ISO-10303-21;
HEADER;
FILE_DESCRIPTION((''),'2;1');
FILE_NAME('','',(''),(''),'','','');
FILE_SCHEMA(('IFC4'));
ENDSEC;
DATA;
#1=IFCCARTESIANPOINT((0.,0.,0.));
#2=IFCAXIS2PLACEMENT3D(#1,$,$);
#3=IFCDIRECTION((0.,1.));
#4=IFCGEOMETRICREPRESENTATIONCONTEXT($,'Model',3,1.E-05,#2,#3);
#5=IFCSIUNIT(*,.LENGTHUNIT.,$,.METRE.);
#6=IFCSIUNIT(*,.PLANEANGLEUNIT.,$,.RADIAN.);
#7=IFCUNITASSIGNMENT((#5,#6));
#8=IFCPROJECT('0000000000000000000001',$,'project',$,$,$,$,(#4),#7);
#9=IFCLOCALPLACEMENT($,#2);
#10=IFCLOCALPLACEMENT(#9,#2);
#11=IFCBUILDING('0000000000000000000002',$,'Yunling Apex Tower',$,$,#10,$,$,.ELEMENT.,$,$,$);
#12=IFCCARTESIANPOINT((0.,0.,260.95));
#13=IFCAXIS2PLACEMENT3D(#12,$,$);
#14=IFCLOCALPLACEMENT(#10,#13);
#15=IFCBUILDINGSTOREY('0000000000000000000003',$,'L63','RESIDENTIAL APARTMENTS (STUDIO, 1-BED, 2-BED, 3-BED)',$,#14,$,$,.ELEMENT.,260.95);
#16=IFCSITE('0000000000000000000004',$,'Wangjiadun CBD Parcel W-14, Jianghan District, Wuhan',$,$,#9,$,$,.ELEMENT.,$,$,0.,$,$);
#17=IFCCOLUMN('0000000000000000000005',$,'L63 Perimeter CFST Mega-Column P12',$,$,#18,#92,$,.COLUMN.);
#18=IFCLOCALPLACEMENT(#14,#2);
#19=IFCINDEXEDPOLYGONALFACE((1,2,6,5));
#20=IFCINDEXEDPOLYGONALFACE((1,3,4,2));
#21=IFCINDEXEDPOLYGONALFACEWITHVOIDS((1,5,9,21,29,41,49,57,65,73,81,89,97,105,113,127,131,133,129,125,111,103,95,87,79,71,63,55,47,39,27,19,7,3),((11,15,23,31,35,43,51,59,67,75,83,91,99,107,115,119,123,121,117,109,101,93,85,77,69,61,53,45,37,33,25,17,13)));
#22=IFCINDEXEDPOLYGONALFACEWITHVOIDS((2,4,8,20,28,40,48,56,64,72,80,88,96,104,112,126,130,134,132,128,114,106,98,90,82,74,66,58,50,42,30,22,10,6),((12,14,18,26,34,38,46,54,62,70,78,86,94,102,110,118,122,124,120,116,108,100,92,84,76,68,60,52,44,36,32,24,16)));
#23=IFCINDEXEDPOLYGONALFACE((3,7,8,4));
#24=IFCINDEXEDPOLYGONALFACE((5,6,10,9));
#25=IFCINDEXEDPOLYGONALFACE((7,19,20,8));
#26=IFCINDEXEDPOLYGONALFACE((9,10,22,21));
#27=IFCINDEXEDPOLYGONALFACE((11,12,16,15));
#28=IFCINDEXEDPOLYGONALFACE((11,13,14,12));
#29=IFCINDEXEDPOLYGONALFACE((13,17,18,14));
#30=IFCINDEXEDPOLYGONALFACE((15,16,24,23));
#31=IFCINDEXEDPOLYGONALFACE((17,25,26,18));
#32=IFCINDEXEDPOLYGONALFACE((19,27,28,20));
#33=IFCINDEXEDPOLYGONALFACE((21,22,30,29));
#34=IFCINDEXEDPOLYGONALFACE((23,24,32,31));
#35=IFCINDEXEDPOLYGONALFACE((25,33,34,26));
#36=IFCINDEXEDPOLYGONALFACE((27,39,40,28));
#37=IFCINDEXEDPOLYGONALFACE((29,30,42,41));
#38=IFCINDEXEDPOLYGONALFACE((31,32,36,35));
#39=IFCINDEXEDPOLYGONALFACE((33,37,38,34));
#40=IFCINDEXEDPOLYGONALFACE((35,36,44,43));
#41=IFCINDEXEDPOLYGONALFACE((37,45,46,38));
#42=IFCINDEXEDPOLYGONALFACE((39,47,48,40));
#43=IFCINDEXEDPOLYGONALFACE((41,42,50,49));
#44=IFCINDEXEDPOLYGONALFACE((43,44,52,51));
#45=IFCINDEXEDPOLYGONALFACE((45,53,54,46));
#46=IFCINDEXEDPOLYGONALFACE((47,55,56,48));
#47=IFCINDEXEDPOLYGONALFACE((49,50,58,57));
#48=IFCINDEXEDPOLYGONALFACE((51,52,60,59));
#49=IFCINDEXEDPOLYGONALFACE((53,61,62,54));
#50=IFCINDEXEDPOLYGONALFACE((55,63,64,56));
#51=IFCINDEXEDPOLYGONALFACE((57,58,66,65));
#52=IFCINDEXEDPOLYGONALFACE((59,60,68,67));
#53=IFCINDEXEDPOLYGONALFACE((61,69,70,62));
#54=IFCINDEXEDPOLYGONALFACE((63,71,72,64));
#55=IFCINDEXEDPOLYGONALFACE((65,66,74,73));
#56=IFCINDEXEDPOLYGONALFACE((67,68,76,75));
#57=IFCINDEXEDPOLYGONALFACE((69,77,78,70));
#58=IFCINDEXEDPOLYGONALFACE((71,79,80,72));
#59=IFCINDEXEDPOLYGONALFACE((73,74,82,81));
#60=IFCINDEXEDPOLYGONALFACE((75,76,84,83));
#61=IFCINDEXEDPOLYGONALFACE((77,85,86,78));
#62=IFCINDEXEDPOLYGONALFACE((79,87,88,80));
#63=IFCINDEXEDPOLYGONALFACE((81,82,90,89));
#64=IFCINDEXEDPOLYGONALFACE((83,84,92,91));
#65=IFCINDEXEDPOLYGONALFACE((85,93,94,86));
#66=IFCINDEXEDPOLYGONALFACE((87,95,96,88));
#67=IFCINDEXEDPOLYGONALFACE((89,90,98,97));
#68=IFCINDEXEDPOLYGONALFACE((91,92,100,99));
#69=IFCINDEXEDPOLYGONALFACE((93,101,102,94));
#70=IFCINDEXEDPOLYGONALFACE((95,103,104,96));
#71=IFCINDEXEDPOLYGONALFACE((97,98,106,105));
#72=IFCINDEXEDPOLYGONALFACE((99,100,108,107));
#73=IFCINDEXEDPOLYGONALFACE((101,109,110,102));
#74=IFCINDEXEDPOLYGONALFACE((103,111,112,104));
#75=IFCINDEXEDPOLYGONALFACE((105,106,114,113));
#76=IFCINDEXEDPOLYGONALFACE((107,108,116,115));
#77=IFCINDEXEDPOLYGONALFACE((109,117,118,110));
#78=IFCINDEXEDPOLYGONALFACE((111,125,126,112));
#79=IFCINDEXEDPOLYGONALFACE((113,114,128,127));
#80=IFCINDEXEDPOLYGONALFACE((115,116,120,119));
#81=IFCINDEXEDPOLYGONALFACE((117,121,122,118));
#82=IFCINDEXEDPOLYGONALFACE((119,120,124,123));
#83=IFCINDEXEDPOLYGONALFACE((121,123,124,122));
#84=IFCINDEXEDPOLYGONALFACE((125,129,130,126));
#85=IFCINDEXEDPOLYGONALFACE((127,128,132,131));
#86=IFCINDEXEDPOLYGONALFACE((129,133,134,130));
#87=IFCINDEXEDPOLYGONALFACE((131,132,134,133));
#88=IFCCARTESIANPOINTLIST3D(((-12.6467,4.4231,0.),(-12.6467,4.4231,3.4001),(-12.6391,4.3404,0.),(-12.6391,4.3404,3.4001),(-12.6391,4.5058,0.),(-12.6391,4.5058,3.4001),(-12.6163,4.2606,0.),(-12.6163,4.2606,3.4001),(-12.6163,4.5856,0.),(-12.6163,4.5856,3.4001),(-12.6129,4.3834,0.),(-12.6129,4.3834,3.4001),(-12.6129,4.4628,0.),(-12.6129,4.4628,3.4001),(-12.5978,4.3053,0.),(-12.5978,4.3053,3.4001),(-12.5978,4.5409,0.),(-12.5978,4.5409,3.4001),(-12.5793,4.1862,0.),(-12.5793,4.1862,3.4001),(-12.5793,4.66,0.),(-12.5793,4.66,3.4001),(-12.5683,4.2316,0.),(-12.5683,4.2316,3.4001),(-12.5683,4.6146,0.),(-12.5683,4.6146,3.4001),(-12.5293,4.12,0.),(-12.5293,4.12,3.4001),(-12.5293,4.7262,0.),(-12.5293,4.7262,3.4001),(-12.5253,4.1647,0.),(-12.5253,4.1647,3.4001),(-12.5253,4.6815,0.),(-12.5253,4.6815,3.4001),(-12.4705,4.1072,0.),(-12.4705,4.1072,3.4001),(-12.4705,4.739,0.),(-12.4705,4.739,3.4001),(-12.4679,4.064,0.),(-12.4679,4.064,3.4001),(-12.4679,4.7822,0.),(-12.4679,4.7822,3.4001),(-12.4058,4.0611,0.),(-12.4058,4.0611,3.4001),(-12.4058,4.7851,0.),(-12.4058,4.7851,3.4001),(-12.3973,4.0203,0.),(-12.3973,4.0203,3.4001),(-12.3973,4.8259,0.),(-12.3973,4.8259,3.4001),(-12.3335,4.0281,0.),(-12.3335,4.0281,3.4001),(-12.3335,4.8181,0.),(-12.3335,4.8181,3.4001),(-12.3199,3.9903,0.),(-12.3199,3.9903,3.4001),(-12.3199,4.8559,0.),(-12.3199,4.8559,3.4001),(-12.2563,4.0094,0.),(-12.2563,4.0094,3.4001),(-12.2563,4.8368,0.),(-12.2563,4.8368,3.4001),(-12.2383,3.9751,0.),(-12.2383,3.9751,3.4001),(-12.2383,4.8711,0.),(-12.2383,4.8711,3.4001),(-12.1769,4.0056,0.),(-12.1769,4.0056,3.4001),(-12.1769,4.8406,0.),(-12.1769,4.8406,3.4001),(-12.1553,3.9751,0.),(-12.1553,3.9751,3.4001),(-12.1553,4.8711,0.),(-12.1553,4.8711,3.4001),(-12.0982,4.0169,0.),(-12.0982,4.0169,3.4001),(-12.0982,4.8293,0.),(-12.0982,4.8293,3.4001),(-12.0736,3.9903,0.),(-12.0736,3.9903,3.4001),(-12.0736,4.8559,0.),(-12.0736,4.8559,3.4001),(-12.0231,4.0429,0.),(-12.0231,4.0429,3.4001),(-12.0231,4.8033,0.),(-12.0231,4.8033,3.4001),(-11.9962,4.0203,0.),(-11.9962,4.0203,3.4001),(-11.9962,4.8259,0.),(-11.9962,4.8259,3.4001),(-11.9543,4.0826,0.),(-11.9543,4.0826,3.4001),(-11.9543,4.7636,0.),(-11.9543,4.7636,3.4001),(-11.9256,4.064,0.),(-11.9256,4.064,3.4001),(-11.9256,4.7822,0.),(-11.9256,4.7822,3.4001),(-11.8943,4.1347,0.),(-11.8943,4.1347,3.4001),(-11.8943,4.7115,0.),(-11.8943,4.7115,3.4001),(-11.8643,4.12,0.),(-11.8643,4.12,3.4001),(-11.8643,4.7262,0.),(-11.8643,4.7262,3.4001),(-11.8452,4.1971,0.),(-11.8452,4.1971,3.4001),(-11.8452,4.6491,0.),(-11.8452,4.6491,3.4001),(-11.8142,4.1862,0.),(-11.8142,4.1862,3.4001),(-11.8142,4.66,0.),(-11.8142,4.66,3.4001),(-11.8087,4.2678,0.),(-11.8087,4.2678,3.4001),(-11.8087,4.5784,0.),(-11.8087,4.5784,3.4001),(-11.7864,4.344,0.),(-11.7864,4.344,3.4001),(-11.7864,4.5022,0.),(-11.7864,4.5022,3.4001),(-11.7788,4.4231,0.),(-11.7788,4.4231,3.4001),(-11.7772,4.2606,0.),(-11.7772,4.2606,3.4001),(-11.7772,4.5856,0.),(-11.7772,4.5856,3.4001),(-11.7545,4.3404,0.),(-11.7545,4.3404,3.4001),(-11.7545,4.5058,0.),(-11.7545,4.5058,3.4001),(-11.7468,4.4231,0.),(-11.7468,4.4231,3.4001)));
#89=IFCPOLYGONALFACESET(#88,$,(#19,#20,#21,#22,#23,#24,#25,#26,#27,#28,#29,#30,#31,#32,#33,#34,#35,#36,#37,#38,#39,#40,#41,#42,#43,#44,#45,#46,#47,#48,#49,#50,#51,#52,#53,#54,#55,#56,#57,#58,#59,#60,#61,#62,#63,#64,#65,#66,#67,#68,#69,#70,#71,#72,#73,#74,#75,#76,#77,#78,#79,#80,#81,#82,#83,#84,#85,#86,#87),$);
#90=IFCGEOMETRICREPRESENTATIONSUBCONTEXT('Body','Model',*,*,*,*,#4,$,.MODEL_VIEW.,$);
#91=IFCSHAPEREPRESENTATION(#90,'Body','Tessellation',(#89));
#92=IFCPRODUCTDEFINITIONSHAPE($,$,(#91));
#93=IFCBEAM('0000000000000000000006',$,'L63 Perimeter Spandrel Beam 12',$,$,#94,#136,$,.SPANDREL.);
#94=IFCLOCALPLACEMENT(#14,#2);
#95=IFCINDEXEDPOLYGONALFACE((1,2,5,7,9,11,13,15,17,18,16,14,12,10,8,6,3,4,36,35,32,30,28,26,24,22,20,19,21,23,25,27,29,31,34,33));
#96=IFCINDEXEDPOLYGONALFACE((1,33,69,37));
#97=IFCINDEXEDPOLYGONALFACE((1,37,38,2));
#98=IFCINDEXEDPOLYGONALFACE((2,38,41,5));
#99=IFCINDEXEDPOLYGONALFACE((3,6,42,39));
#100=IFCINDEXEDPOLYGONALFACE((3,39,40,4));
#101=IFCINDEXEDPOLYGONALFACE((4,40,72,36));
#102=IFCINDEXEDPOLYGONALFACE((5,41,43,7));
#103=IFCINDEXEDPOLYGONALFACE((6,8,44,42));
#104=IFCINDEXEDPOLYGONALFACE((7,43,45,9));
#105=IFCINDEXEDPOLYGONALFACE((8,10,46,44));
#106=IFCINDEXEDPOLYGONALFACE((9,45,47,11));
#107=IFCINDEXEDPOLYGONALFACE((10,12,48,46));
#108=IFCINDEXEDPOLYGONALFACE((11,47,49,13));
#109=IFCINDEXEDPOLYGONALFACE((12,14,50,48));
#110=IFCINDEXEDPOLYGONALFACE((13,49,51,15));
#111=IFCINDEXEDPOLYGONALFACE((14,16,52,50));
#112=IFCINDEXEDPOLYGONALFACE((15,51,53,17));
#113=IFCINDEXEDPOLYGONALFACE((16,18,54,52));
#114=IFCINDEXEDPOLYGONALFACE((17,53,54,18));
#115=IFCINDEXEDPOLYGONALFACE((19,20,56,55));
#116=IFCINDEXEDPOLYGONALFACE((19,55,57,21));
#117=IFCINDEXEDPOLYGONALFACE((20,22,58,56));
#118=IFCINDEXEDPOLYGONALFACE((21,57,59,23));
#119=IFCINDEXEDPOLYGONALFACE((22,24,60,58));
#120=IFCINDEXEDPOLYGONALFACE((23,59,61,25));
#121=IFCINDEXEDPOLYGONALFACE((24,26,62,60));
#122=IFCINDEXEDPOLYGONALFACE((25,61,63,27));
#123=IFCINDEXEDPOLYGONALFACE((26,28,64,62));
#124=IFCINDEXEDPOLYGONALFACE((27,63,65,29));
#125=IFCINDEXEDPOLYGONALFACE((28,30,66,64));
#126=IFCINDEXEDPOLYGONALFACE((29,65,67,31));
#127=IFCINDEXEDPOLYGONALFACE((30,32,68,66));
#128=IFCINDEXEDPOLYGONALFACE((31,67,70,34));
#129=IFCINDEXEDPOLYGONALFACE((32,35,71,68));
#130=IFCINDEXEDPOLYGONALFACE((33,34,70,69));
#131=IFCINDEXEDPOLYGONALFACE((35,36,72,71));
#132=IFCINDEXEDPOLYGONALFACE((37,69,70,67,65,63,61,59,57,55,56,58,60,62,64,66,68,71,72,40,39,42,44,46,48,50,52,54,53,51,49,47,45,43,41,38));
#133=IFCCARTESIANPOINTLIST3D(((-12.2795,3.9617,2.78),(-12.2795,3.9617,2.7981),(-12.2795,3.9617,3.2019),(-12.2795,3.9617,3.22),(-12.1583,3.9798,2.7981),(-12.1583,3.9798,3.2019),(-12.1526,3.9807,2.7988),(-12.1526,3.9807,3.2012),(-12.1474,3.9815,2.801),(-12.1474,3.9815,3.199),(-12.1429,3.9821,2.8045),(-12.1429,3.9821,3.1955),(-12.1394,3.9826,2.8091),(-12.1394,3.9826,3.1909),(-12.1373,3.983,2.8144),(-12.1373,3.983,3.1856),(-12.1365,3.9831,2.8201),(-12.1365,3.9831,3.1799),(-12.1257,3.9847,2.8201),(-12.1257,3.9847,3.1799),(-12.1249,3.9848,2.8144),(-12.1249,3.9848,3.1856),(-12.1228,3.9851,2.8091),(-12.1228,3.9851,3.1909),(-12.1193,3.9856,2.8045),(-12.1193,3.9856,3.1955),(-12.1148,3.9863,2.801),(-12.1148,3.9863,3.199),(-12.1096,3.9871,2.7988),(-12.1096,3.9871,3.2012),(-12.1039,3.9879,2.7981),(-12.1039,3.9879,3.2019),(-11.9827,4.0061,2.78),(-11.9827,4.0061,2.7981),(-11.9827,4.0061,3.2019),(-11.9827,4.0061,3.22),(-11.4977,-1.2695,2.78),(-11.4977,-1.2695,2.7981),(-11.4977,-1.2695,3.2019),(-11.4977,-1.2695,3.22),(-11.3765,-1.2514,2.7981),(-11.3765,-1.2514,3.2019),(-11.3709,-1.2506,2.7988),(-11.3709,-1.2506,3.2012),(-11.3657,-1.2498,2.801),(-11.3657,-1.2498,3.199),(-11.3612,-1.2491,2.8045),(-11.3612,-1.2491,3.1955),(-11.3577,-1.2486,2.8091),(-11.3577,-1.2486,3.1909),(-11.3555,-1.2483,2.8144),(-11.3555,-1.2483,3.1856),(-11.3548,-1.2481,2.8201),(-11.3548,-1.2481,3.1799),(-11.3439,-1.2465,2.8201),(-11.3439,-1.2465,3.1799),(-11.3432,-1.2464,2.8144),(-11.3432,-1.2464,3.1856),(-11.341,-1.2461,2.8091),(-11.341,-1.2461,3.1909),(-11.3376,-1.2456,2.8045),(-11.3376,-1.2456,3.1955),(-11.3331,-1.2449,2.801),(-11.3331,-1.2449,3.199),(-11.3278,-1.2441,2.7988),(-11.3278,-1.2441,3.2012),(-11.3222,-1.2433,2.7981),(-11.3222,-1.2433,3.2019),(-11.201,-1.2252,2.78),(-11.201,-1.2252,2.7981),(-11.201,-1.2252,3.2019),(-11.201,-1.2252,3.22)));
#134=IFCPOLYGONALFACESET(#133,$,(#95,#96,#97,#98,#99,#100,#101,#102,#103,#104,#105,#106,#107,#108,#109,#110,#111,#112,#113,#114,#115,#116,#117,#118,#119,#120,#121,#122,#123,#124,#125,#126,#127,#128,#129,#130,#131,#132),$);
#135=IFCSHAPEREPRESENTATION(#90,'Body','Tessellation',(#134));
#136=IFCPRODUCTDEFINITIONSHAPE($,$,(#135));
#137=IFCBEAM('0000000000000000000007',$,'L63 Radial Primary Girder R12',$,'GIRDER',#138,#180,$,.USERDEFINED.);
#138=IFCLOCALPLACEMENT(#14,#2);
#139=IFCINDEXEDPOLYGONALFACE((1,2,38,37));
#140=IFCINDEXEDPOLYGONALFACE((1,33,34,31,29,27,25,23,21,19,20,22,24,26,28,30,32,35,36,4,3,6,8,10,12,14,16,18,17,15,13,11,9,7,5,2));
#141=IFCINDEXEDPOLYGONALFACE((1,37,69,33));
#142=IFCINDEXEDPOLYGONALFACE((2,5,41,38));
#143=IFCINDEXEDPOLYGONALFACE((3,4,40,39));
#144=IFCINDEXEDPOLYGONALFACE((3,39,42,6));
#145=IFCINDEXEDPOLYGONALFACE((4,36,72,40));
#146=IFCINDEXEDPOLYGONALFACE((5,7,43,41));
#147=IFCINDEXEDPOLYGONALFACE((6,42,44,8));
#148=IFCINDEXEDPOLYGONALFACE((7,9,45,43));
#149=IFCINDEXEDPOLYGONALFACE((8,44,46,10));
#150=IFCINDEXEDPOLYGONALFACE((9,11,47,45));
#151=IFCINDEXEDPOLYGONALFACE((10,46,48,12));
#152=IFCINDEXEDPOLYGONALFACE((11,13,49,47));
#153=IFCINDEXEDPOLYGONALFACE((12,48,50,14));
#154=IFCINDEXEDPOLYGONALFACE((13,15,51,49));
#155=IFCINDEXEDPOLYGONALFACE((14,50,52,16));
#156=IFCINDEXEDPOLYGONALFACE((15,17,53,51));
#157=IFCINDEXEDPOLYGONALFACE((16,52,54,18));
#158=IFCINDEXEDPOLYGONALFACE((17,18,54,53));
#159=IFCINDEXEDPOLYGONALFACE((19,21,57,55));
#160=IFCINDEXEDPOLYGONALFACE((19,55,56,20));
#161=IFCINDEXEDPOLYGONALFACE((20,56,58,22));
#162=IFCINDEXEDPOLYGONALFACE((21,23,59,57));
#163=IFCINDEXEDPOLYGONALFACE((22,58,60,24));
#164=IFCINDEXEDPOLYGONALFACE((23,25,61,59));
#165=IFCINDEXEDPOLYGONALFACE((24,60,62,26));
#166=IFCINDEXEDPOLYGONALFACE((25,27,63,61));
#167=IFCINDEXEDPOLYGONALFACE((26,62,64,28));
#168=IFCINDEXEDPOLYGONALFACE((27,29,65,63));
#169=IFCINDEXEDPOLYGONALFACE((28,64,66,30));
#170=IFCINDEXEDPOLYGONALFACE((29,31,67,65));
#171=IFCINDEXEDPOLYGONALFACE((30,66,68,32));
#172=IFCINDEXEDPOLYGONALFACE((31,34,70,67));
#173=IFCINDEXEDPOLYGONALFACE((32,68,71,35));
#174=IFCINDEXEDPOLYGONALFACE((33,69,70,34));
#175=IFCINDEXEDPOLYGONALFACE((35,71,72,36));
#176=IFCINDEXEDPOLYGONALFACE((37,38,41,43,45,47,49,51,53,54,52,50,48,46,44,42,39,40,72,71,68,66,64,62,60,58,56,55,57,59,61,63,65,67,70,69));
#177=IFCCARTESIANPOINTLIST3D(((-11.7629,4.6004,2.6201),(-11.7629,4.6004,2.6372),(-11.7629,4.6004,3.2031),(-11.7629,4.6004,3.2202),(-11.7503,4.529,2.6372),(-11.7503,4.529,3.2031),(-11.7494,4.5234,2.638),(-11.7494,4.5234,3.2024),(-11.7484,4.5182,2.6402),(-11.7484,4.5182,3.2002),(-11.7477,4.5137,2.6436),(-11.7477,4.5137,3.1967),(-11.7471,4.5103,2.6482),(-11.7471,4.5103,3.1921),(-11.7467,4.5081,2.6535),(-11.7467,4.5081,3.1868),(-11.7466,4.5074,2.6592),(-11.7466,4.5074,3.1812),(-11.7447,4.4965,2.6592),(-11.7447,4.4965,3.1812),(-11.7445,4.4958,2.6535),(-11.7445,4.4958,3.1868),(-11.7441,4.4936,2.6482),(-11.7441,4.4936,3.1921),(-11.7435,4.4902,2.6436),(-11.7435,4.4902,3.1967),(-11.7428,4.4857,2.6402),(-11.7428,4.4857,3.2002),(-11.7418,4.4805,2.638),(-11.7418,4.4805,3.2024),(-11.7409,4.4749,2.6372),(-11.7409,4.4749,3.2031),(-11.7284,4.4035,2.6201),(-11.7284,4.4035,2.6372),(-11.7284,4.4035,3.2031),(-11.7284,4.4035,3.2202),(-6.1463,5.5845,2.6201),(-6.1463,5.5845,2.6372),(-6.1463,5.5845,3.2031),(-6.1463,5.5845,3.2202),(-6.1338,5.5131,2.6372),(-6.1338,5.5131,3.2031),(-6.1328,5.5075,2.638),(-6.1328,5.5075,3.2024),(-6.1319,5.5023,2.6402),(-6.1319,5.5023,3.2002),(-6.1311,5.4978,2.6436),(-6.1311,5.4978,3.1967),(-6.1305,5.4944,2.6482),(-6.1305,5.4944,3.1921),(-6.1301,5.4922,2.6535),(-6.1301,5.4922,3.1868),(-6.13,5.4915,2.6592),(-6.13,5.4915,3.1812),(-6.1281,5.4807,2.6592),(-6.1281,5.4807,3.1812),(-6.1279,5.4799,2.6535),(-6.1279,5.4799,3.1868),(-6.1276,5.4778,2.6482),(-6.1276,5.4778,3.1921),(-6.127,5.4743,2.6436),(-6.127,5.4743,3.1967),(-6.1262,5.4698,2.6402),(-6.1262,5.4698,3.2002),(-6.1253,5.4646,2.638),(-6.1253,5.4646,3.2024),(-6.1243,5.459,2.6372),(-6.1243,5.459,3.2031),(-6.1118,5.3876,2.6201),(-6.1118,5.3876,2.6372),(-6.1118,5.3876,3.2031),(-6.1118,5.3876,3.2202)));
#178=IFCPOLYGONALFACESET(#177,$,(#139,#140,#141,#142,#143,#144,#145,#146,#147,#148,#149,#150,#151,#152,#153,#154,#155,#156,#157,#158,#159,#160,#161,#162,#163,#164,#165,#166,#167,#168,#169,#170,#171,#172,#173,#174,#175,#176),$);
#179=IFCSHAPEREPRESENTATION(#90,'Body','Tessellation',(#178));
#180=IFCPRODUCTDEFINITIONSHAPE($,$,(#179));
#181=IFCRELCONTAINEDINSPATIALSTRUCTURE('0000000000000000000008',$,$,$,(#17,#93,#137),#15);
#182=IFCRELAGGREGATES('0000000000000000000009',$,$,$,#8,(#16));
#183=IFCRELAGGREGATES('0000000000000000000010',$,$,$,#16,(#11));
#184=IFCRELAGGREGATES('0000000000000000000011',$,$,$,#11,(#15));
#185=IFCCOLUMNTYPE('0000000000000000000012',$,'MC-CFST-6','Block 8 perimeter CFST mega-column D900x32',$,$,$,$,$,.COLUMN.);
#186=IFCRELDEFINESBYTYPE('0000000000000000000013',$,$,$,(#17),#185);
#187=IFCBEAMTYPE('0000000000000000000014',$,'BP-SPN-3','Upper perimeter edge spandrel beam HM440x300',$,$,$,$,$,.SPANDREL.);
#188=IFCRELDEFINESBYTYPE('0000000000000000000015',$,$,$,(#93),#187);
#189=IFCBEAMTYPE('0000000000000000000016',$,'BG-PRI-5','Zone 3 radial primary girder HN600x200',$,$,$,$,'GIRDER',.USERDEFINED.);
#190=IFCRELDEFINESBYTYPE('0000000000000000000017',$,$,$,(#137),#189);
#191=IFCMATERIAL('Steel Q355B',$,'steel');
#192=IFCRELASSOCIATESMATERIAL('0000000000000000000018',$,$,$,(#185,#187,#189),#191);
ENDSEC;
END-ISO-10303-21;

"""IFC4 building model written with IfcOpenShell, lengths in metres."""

from ifc_helpers import new_model, si_unit, direction, frame, origin, origin_2d, place, context, subcontext, project, spatial, hollow_circle, i_section, extrude, source, transform, mapped, material, material_profile, profile_set, type_object, element, save


model = new_model("IFC4")

# Units and contexts
model_context = context("Model", 3, precision=1e-05, world=origin(), true_north=direction((0.0, 1.0)))
body_context = subcontext(model_context, "Body", "Model", "MODEL_VIEW")
ifc_project = project(units=[si_unit("LENGTHUNIT", "METRE"), si_unit("PLANEANGLEUNIT", "RADIAN")], contexts=[model_context])

# Site, building, storey
site_placement = place(None, origin())
site = spatial("IfcSite", under=ifc_project, at=site_placement, Name="Wangjiadun CBD Parcel W-14, Jianghan District, Wuhan", CompositionType="ELEMENT", RefElevation=0.0)
building_placement = place(site_placement, origin())
building = spatial("IfcBuilding", under=site, at=building_placement, Name="Yunling Apex Tower", CompositionType="ELEMENT")
storey_placement = place(building_placement, frame((0.0, 0.0, 260.95)))
storey = spatial("IfcBuildingStorey", under=building, at=storey_placement, Name="L63", Description="RESIDENTIAL APARTMENTS (STUDIO, 1-BED, 2-BED, 3-BED)", CompositionType="ELEMENT", Elevation=260.95)

# Column
ifc_material_1 = material(Name="Steel Q355B", Category="steel")
ifc_material_profile_1 = material_profile(ifc_material_1, hollow_circle(Radius=0.45, WallThickness=0.032, at=origin_2d()))
ifc_profile_set_1 = profile_set([ifc_material_profile_1], Name="Steel Q355B")
column_type = type_object("IfcColumnType", Name="MC-CFST-6", Description="Block 8 perimeter CFST mega-column D900x32", PredefinedType="COLUMN", material=ifc_profile_set_1)
shared_shape_1 = source(origin(), body_context, "Body", "SweptSolid", [
    extrude(hollow_circle(Radius=0.45, WallThickness=0.032, at=origin_2d()), origin(), (0.0, 0.0, 1.0), 3.4001),
])
column_placement = place(storey_placement, frame((-12.1968, 4.4231, 0.0), z_axis=(0.0, 0.0, 1.0), x_axis=(1.0, 0.0, 0.0)))
element("IfcColumn", 1, at=column_placement, inside=storey, type_object=column_type, Name="L63 Perimeter CFST Mega-Column P12", PredefinedType="COLUMN", context=body_context, shape_type="MappedRepresentation", body=[
    mapped(shared_shape_1, transform((0.0, 0.0, 0.0), scale=1.0)),
])

# Beams
ifc_material_profile_2 = material_profile(ifc_material_1, i_section(OverallWidth=0.3, OverallDepth=0.4399, WebThickness=0.011, FlangeThickness=0.0181, FilletRadius=0.022, at=origin_2d()))
ifc_profile_set_2 = profile_set([ifc_material_profile_2], Name="Steel Q355B")
beam_type_1 = type_object("IfcBeamType", Name="BP-SPN-3", Description="Upper perimeter edge spandrel beam HM440x300", PredefinedType="SPANDREL", material=ifc_profile_set_2)
shared_shape_2 = source(origin(), body_context, "Body", "SweptSolid", [
    extrude(i_section(OverallWidth=0.3, OverallDepth=0.4399, WebThickness=0.011, FlangeThickness=0.0181, FilletRadius=0.022, at=origin_2d()), origin(), (0.0, 0.0, 1.0), 5.2893),
])
beam_1_placement = place(storey_placement, frame((-12.1311, 3.9839, 3.0), z_axis=(0.147796, -0.989018, 0.0), x_axis=(0.989018, 0.147796, 0.0)))
element("IfcBeam", 2, at=beam_1_placement, inside=storey, type_object=beam_type_1, Name="L63 Perimeter Spandrel Beam 12", PredefinedType="SPANDREL", context=body_context, shape_type="MappedRepresentation", body=[
    mapped(shared_shape_2, transform((0.0, 0.0, 0.0), scale=1.0)),
])
ifc_material_profile_3 = material_profile(ifc_material_1, i_section(OverallWidth=0.2, OverallDepth=0.6001, WebThickness=0.011, FlangeThickness=0.0171, FilletRadius=0.022, at=origin_2d()))
ifc_profile_set_3 = profile_set([ifc_material_profile_3], Name="Steel Q355B")
beam_type_2 = type_object("IfcBeamType", Name="BG-PRI-5", Description="Zone 3 radial primary girder HN600x200", ElementType="GIRDER", PredefinedType="USERDEFINED", material=ifc_profile_set_3)
shared_shape_3 = source(origin(), body_context, "Body", "SweptSolid", [
    extrude(i_section(OverallWidth=0.2, OverallDepth=0.6001, WebThickness=0.011, FlangeThickness=0.0171, FilletRadius=0.022, at=origin_2d()), origin(), (0.0, 0.0, 1.0), 5.7021),
])
beam_2_placement = place(storey_placement, frame((-11.7456, 4.502, 2.9202), z_axis=(0.984994, 0.172586, 0.0), x_axis=(-0.172586, 0.984994, 0.0)))
element("IfcBeam", 3, at=beam_2_placement, inside=storey, type_object=beam_type_2, Name="L63 Radial Primary Girder R12", ObjectType="GIRDER", PredefinedType="USERDEFINED", context=body_context, shape_type="MappedRepresentation", body=[
    mapped(shared_shape_3, transform((0.0, 0.0, 0.0), scale=1.0)),
])

save(model, "model.ifc")
